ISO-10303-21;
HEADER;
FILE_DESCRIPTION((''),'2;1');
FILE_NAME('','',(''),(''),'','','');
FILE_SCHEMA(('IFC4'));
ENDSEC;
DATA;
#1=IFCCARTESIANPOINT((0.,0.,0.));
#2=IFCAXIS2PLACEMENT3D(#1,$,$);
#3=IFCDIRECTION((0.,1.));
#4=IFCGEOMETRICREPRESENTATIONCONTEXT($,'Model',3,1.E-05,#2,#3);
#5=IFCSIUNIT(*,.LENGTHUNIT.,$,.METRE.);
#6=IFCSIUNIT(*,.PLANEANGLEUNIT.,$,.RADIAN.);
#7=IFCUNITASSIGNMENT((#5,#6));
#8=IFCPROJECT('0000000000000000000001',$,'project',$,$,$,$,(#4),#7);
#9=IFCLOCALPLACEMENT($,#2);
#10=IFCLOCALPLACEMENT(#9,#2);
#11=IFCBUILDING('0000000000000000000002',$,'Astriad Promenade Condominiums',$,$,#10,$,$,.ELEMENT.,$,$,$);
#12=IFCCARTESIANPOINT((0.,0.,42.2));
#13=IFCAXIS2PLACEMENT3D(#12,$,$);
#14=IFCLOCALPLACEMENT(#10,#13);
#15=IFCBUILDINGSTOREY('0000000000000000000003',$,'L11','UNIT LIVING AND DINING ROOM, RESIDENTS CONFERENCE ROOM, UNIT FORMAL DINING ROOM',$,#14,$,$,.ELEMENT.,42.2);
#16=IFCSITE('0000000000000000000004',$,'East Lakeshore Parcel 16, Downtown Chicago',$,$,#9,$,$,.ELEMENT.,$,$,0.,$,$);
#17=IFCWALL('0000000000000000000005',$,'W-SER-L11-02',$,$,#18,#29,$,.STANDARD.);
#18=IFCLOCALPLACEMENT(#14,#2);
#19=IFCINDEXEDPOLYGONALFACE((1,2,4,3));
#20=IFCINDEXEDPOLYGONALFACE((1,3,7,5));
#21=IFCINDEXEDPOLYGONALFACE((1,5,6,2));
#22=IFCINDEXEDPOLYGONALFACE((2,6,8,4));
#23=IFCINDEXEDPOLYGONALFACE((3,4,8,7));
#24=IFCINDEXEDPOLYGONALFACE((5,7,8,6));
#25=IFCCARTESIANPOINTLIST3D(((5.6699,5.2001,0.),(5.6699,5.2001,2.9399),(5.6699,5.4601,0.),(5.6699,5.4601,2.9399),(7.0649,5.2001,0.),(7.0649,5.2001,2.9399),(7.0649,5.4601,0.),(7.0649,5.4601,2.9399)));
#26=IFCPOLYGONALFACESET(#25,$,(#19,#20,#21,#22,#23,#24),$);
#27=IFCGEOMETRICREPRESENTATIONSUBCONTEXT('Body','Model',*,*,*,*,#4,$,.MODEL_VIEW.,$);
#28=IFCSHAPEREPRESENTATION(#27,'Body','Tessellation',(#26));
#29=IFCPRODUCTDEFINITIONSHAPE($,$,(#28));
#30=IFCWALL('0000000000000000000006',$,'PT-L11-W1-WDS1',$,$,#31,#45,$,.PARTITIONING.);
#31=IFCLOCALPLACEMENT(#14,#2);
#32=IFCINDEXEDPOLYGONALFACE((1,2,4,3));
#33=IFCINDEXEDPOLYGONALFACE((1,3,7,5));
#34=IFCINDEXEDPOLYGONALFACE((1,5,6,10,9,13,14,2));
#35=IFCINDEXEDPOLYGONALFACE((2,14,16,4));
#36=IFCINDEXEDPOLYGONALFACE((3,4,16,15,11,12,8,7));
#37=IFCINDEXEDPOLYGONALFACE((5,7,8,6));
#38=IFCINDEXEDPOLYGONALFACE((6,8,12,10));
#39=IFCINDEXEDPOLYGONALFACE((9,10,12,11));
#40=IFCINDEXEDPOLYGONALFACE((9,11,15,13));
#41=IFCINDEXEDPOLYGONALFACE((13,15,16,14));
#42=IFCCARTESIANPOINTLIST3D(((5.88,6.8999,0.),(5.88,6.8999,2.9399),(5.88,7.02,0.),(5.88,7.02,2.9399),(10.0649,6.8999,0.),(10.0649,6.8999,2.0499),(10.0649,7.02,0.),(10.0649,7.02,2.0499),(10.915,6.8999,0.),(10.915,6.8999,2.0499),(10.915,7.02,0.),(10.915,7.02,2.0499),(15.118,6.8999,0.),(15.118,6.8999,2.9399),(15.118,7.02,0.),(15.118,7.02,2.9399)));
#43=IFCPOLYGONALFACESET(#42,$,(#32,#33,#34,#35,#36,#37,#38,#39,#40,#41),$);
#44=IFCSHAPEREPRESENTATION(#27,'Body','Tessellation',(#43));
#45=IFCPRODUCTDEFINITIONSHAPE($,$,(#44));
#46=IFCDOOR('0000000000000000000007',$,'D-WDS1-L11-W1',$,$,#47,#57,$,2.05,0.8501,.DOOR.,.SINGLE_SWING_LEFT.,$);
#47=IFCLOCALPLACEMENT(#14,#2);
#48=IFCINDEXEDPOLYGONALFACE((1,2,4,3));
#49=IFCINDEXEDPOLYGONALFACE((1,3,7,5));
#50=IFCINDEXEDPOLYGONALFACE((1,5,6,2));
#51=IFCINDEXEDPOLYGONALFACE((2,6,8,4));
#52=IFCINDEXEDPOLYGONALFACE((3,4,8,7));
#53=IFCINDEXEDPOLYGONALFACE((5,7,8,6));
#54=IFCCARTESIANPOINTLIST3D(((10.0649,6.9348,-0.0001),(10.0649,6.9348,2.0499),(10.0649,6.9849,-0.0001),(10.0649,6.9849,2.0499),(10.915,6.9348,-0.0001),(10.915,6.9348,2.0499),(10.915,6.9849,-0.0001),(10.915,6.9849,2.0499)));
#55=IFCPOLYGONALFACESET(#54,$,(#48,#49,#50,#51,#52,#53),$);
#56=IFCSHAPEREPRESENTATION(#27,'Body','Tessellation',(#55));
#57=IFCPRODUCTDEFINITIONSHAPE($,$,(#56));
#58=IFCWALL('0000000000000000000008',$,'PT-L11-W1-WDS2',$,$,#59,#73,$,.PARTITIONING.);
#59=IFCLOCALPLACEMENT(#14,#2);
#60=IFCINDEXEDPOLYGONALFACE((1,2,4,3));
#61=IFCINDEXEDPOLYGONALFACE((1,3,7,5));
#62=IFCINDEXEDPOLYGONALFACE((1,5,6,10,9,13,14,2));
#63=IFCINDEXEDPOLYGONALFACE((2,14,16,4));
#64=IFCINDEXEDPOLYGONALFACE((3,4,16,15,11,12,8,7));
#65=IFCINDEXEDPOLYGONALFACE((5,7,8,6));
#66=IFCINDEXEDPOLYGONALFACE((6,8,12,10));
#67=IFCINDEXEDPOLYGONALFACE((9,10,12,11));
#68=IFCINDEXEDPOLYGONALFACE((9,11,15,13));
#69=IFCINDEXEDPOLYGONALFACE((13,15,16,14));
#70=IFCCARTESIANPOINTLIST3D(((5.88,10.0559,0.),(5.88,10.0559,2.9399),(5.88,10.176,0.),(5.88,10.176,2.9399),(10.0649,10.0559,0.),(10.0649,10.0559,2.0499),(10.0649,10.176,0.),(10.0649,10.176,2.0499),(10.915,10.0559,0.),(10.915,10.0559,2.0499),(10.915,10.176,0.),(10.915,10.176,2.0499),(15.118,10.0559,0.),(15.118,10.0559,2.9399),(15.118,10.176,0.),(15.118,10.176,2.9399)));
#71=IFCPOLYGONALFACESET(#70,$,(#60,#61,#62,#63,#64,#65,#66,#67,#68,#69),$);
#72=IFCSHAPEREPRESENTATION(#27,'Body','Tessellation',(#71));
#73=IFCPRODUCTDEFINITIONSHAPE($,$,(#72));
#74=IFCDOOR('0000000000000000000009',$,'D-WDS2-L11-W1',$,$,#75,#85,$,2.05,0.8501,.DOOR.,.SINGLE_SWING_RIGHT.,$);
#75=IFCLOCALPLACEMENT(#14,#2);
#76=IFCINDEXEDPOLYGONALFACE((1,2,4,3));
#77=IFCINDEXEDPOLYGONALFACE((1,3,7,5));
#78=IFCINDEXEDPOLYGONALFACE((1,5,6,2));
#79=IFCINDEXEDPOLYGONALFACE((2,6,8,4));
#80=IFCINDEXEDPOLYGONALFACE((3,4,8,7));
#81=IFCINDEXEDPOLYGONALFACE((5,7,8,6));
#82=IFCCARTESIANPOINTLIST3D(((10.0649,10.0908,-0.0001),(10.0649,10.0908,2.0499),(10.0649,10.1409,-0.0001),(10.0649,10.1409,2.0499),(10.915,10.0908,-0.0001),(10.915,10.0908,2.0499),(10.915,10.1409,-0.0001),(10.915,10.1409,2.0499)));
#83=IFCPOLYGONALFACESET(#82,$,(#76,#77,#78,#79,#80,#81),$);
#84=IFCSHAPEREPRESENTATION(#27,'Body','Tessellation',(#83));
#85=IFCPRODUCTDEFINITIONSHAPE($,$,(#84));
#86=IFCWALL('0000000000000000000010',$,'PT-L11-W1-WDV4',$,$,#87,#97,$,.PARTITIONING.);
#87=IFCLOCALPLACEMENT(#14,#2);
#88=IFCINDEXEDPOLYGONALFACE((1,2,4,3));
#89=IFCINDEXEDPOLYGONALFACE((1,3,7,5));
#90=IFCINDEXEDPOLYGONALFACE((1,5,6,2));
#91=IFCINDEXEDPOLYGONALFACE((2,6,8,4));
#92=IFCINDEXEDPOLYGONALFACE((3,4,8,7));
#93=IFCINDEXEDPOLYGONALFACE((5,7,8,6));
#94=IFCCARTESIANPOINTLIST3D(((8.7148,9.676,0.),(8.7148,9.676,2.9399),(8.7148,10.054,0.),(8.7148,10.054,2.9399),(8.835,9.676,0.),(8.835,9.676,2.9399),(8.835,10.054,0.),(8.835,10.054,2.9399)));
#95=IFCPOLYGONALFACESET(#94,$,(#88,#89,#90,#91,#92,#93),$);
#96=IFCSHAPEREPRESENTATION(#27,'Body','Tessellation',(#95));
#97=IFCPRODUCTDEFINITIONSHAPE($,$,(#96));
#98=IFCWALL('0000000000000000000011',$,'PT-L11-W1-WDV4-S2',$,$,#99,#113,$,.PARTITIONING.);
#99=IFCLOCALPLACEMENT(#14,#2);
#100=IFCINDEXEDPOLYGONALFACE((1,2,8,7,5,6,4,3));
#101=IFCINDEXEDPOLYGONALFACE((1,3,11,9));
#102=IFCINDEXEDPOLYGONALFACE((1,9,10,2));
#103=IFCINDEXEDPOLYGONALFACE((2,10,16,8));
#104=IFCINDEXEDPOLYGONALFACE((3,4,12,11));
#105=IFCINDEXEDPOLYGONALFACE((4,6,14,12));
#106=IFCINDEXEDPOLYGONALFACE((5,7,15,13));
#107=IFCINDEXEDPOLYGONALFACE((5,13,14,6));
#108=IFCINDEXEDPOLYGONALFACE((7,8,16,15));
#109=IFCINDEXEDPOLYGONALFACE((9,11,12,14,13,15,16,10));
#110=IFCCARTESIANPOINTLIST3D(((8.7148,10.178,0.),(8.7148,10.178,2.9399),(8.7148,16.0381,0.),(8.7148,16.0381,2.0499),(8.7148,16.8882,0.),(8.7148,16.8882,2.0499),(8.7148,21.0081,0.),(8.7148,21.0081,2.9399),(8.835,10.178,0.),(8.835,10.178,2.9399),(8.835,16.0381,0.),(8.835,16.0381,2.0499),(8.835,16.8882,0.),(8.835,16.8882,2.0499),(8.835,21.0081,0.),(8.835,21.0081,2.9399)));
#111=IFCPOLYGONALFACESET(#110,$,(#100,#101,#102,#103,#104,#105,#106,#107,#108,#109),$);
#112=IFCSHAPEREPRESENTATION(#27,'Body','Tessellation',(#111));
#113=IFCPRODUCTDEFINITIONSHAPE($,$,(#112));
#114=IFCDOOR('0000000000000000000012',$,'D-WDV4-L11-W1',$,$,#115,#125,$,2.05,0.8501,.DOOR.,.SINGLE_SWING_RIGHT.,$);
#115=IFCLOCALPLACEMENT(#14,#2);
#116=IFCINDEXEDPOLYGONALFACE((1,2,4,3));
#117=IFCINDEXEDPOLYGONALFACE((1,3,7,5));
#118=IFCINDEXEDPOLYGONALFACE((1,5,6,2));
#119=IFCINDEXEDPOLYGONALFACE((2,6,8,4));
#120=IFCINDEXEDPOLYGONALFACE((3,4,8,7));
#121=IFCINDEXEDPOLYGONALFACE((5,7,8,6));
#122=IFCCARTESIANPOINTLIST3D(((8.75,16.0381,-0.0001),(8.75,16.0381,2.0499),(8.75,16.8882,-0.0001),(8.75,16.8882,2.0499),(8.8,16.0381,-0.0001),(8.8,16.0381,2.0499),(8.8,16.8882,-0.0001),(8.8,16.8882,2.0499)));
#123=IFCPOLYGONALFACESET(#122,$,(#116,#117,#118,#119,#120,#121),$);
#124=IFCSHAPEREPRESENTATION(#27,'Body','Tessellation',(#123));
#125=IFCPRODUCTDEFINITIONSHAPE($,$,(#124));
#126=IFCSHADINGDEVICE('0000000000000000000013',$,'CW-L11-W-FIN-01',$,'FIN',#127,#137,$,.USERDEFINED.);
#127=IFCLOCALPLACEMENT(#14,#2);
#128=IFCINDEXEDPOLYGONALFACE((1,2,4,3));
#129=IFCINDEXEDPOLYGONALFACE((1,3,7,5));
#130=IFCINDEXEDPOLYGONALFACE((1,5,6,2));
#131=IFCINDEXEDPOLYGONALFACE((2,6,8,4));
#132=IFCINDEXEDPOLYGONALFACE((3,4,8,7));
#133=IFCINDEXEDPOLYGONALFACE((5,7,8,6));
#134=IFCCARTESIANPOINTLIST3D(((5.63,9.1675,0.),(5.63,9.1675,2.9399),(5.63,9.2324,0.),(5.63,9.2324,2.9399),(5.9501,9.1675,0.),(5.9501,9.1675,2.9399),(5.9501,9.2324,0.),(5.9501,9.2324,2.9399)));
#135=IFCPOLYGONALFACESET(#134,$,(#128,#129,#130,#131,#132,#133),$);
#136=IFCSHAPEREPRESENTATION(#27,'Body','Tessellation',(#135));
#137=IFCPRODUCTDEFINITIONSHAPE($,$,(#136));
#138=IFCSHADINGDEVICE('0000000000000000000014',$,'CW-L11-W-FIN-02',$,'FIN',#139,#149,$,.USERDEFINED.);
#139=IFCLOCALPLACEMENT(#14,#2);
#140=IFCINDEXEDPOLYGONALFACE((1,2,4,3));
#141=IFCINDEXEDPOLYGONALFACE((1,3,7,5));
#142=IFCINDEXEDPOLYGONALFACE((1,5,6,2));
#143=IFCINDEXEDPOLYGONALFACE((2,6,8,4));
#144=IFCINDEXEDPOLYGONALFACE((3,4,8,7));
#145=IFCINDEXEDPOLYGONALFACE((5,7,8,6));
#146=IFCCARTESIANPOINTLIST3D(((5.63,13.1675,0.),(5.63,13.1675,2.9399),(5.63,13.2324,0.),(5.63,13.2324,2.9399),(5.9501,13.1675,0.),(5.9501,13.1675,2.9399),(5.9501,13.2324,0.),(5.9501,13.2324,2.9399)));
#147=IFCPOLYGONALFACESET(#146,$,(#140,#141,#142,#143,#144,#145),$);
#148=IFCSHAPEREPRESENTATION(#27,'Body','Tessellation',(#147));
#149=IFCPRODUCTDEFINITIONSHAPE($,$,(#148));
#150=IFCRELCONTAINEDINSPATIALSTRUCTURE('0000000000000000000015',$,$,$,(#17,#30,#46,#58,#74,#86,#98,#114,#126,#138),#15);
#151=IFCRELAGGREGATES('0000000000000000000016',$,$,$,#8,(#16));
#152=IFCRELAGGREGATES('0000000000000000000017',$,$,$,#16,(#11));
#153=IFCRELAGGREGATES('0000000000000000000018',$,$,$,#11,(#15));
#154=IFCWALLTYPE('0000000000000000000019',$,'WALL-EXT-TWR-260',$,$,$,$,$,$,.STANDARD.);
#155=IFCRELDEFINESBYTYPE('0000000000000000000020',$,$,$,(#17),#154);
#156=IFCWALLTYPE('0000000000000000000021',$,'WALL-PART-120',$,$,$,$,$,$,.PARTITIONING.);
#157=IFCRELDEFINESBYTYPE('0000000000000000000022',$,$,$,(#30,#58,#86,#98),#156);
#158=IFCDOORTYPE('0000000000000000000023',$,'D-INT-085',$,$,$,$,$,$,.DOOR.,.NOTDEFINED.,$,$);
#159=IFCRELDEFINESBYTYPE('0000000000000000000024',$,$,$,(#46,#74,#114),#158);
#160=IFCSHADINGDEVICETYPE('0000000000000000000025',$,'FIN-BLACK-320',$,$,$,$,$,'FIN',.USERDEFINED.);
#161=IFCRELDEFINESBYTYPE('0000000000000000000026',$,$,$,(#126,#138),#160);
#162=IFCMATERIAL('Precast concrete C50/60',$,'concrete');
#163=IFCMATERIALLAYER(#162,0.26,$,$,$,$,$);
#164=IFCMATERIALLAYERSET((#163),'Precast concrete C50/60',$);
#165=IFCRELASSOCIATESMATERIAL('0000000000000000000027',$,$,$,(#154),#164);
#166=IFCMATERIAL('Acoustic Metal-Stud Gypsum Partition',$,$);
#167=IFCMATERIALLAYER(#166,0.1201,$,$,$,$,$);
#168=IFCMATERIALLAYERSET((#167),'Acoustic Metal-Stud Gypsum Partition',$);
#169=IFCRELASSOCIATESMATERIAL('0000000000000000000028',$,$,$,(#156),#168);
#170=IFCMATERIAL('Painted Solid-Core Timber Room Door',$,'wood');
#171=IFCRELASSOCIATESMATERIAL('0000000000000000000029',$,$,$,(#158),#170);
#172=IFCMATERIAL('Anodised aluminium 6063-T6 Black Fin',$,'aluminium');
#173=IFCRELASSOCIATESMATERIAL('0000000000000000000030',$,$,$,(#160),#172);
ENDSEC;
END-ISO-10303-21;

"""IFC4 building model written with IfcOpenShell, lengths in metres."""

from ifc_helpers import new_model, si_unit, direction, frame, frame_2d, origin, origin_2d, place, context, subcontext, project, spatial, rectangle, extrude, source, transform, mapped, material, layer, layer_set, type_object, type_shapes, element, fill, save


model = new_model("IFC4")

# Units and contexts
model_context = context("Model", 3, precision=1e-05, world=origin(), true_north=direction((0.0, 1.0)))
body_context = subcontext(model_context, "Body", "Model", "MODEL_VIEW")
ifc_project = project(units=[si_unit("LENGTHUNIT", "METRE"), si_unit("PLANEANGLEUNIT", "RADIAN")], contexts=[model_context])

# Site, building, storey
site_placement = place(None, origin())
site = spatial("IfcSite", under=ifc_project, at=site_placement, Name="East Lakeshore Parcel 16, Downtown Chicago", CompositionType="ELEMENT", RefElevation=0.0)
building_placement = place(site_placement, origin())
building = spatial("IfcBuilding", under=site, at=building_placement, Name="Astriad Promenade Condominiums", CompositionType="ELEMENT")
storey_placement = place(building_placement, frame((0.0, 0.0, 42.2)))
storey = spatial("IfcBuildingStorey", under=building, at=storey_placement, Name="L11", Description="UNIT LIVING AND DINING ROOM, RESIDENTS CONFERENCE ROOM, UNIT FORMAL DINING ROOM", CompositionType="ELEMENT", Elevation=42.2)

# Wall
ifc_material_1 = material(Name="Precast concrete C50/60", Category="concrete")
ifc_layer_1 = layer(ifc_material_1, 0.26)
ifc_layer_set_1 = layer_set([ifc_layer_1], Name="Precast concrete C50/60")
wall_type_1 = type_object("IfcWallType", Name="WALL-EXT-TWR-260", PredefinedType="STANDARD", material=ifc_layer_set_1)
wall_1_placement = place(storey_placement, frame((7.0649, 5.3301, 0.0), z_axis=(0.0, 0.0, 1.0), x_axis=(-1.0, 0.0, 0.0)))
element("IfcWall", 1, at=wall_1_placement, inside=storey, type_object=wall_type_1, Name="W-SER-L11-02", PredefinedType="STANDARD", context=body_context, shape_type="SweptSolid", body=[
    extrude(rectangle(XDim=1.395, YDim=0.26, at=frame_2d((0.6975, 0.0))), origin(), (0.0, 0.0, 1.0), 2.9399),
])

# Walls, openings, doors
ifc_material_2 = material(Name="Acoustic Metal-Stud Gypsum Partition")
ifc_layer_2 = layer(ifc_material_2, 0.1201)
ifc_layer_set_2 = layer_set([ifc_layer_2], Name="Acoustic Metal-Stud Gypsum Partition")
wall_type_2 = type_object("IfcWallType", Name="WALL-PART-120", PredefinedType="PARTITIONING", material=ifc_layer_set_2)
wall_2_placement = place(storey_placement, frame((5.8799, 6.96, 0.0), z_axis=(0.0, 0.0, 1.0), x_axis=(1.0, 0.0, 0.0)))
wall_2 = element("IfcWall", 2, at=wall_2_placement, inside=storey, type_object=wall_type_2, Name="PT-L11-W1-WDS1", PredefinedType="PARTITIONING", context=body_context, shape_type="SweptSolid", body=[
    extrude(rectangle(XDim=9.238, YDim=0.1201, at=frame_2d((4.6191, 0.0))), origin(), (0.0, 0.0, 1.0), 2.9399),
])
opening_1_placement = place(wall_2_placement, frame((4.1851, 0.0, 0.0)))
opening_1 = element("IfcOpeningElement", 3, at=opening_1_placement, cuts=wall_2, PredefinedType="OPENING", context=body_context, shape_type="SweptSolid", body=[
    extrude(rectangle(XDim=0.8501, YDim=2.05, at=frame_2d((0.425, 1.0249))), frame((0.0, 0.0701, 0.0), z_axis=(0.0, -1.0, 0.0), x_axis=(1.0, 0.0, 0.0)), (0.0, 0.0, 1.0), 0.1401),
])
ifc_material_3 = material(Name="Painted Solid-Core Timber Room Door", Category="wood")
door_type = type_object("IfcDoorType", Name="D-INT-085", OperationType="NOTDEFINED", PredefinedType="DOOR", material=ifc_material_3)
shared_shape_1 = source(origin(), body_context, "Body", "SweptSolid", [
    extrude(rectangle(XDim=0.8501, YDim=2.05, at=frame_2d((0.425, 1.0249))), frame((0.0, 0.0249, 0.0), z_axis=(0.0, -1.0, 0.0), x_axis=(1.0, 0.0, 0.0)), (0.0, 0.0, 1.0), 0.05),
])
type_shapes(door_type, [shared_shape_1])
door_1_placement = place(opening_1_placement, origin())
door_1 = element("IfcDoor", 4, at=door_1_placement, inside=storey, type_object=door_type, Name="D-WDS1-L11-W1", OperationType="SINGLE_SWING_LEFT", OverallHeight=2.05, OverallWidth=0.8501, PredefinedType="DOOR", context=body_context, shape_type="MappedRepresentation", body=[
    mapped(shared_shape_1, transform((0.0, 0.0, 0.0), scale=1.0)),
])
fill(opening_1, door_1)
wall_3_placement = place(storey_placement, frame((5.8799, 10.116, 0.0), z_axis=(0.0, 0.0, 1.0), x_axis=(1.0, 0.0, 0.0)))
wall_3 = element("IfcWall", 5, at=wall_3_placement, inside=storey, type_object=wall_type_2, Name="PT-L11-W1-WDS2", PredefinedType="PARTITIONING", context=body_context, shape_type="SweptSolid", body=[
    extrude(rectangle(XDim=9.238, YDim=0.1201, at=frame_2d((4.6191, 0.0))), origin(), (0.0, 0.0, 1.0), 2.9399),
])
opening_2_placement = place(wall_3_placement, frame((4.1851, 0.0, 0.0)))
opening_2 = element("IfcOpeningElement", 6, at=opening_2_placement, cuts=wall_3, PredefinedType="OPENING", context=body_context, shape_type="SweptSolid", body=[
    extrude(rectangle(XDim=0.8501, YDim=2.05, at=frame_2d((0.425, 1.0249))), frame((0.0, 0.0701, 0.0), z_axis=(0.0, -1.0, 0.0), x_axis=(1.0, 0.0, 0.0)), (0.0, 0.0, 1.0), 0.1401),
])
door_2_placement = place(opening_2_placement, origin())
door_2 = element("IfcDoor", 7, at=door_2_placement, inside=storey, type_object=door_type, Name="D-WDS2-L11-W1", OperationType="SINGLE_SWING_RIGHT", OverallHeight=2.05, OverallWidth=0.8501, PredefinedType="DOOR", context=body_context, shape_type="MappedRepresentation", body=[
    mapped(shared_shape_1, transform((0.0, 0.0, 0.0), scale=1.0)),
])
fill(opening_2, door_2)

# Wall
wall_4_placement = place(storey_placement, frame((8.7749, 9.676, 0.0), z_axis=(0.0, 0.0, 1.0), x_axis=(0.0, 1.0, 0.0)))
element("IfcWall", 8, at=wall_4_placement, inside=storey, type_object=wall_type_2, Name="PT-L11-W1-WDV4", PredefinedType="PARTITIONING", context=body_context, shape_type="SweptSolid", body=[
    extrude(rectangle(XDim=0.3779, YDim=0.1201, at=frame_2d((0.189, 0.0))), origin(), (0.0, 0.0, 1.0), 2.9399),
])

# Wall, opening, door
wall_5_placement = place(storey_placement, frame((8.7749, 10.178, 0.0), z_axis=(0.0, 0.0, 1.0), x_axis=(0.0, 1.0, 0.0)))
wall_5 = element("IfcWall", 9, at=wall_5_placement, inside=storey, type_object=wall_type_2, Name="PT-L11-W1-WDV4-S2", PredefinedType="PARTITIONING", context=body_context, shape_type="SweptSolid", body=[
    extrude(rectangle(XDim=10.8301, YDim=0.1201, at=frame_2d((5.415, 0.0))), origin(), (0.0, 0.0, 1.0), 2.9399),
])
opening_3_placement = place(wall_5_placement, frame((5.8601, 0.0, 0.0)))
opening_3 = element("IfcOpeningElement", 10, at=opening_3_placement, cuts=wall_5, PredefinedType="OPENING", context=body_context, shape_type="SweptSolid", body=[
    extrude(rectangle(XDim=0.8501, YDim=2.05, at=frame_2d((0.425, 1.0249))), frame((0.0, 0.0701, 0.0), z_axis=(0.0, -1.0, 0.0), x_axis=(1.0, 0.0, 0.0)), (0.0, 0.0, 1.0), 0.1401),
])
door_3_placement = place(opening_3_placement, origin())
door_3 = element("IfcDoor", 11, at=door_3_placement, inside=storey, type_object=door_type, Name="D-WDV4-L11-W1", OperationType="SINGLE_SWING_RIGHT", OverallHeight=2.05, OverallWidth=0.8501, PredefinedType="DOOR", context=body_context, shape_type="MappedRepresentation", body=[
    mapped(shared_shape_1, transform((0.0, 0.0, 0.0), scale=1.0)),
])
fill(opening_3, door_3)

# Shading devices
ifc_material_4 = material(Name="Anodised aluminium 6063-T6 Black Fin", Category="aluminium")
shading_device_type = type_object("IfcShadingDeviceType", Name="FIN-BLACK-320", ElementType="FIN", PredefinedType="USERDEFINED", material=ifc_material_4)
shared_shape_2 = source(origin(), body_context, "Body", "SweptSolid", [
    extrude(rectangle(XDim=0.0649, YDim=0.3201, at=origin_2d()), origin(), (0.0, 0.0, 1.0), 2.9399),
])
type_shapes(shading_device_type, [shared_shape_2])
for number, where, z_axis, x_axis, name in (
    (12, (5.79, 9.2, 0.0), (0.0, 0.0, 1.0), (0.0, 1.0, 0.0), "CW-L11-W-FIN-01"),
    (13, (5.79, 13.2, 0.0), (0.0, 0.0, 1.0), (0.0, 1.0, 0.0), "CW-L11-W-FIN-02"),
):
    element("IfcShadingDevice", number, at=place(storey_placement, frame(where, z_axis=z_axis, x_axis=x_axis)), inside=storey, type_object=shading_device_type, Name=name, ObjectType="FIN", PredefinedType="USERDEFINED", context=body_context, shape_type="MappedRepresentation", body=[
        mapped(shared_shape_2, transform((0.0, 0.0, 0.0), scale=1.0)),
    ])

save(model, "model.ifc")
